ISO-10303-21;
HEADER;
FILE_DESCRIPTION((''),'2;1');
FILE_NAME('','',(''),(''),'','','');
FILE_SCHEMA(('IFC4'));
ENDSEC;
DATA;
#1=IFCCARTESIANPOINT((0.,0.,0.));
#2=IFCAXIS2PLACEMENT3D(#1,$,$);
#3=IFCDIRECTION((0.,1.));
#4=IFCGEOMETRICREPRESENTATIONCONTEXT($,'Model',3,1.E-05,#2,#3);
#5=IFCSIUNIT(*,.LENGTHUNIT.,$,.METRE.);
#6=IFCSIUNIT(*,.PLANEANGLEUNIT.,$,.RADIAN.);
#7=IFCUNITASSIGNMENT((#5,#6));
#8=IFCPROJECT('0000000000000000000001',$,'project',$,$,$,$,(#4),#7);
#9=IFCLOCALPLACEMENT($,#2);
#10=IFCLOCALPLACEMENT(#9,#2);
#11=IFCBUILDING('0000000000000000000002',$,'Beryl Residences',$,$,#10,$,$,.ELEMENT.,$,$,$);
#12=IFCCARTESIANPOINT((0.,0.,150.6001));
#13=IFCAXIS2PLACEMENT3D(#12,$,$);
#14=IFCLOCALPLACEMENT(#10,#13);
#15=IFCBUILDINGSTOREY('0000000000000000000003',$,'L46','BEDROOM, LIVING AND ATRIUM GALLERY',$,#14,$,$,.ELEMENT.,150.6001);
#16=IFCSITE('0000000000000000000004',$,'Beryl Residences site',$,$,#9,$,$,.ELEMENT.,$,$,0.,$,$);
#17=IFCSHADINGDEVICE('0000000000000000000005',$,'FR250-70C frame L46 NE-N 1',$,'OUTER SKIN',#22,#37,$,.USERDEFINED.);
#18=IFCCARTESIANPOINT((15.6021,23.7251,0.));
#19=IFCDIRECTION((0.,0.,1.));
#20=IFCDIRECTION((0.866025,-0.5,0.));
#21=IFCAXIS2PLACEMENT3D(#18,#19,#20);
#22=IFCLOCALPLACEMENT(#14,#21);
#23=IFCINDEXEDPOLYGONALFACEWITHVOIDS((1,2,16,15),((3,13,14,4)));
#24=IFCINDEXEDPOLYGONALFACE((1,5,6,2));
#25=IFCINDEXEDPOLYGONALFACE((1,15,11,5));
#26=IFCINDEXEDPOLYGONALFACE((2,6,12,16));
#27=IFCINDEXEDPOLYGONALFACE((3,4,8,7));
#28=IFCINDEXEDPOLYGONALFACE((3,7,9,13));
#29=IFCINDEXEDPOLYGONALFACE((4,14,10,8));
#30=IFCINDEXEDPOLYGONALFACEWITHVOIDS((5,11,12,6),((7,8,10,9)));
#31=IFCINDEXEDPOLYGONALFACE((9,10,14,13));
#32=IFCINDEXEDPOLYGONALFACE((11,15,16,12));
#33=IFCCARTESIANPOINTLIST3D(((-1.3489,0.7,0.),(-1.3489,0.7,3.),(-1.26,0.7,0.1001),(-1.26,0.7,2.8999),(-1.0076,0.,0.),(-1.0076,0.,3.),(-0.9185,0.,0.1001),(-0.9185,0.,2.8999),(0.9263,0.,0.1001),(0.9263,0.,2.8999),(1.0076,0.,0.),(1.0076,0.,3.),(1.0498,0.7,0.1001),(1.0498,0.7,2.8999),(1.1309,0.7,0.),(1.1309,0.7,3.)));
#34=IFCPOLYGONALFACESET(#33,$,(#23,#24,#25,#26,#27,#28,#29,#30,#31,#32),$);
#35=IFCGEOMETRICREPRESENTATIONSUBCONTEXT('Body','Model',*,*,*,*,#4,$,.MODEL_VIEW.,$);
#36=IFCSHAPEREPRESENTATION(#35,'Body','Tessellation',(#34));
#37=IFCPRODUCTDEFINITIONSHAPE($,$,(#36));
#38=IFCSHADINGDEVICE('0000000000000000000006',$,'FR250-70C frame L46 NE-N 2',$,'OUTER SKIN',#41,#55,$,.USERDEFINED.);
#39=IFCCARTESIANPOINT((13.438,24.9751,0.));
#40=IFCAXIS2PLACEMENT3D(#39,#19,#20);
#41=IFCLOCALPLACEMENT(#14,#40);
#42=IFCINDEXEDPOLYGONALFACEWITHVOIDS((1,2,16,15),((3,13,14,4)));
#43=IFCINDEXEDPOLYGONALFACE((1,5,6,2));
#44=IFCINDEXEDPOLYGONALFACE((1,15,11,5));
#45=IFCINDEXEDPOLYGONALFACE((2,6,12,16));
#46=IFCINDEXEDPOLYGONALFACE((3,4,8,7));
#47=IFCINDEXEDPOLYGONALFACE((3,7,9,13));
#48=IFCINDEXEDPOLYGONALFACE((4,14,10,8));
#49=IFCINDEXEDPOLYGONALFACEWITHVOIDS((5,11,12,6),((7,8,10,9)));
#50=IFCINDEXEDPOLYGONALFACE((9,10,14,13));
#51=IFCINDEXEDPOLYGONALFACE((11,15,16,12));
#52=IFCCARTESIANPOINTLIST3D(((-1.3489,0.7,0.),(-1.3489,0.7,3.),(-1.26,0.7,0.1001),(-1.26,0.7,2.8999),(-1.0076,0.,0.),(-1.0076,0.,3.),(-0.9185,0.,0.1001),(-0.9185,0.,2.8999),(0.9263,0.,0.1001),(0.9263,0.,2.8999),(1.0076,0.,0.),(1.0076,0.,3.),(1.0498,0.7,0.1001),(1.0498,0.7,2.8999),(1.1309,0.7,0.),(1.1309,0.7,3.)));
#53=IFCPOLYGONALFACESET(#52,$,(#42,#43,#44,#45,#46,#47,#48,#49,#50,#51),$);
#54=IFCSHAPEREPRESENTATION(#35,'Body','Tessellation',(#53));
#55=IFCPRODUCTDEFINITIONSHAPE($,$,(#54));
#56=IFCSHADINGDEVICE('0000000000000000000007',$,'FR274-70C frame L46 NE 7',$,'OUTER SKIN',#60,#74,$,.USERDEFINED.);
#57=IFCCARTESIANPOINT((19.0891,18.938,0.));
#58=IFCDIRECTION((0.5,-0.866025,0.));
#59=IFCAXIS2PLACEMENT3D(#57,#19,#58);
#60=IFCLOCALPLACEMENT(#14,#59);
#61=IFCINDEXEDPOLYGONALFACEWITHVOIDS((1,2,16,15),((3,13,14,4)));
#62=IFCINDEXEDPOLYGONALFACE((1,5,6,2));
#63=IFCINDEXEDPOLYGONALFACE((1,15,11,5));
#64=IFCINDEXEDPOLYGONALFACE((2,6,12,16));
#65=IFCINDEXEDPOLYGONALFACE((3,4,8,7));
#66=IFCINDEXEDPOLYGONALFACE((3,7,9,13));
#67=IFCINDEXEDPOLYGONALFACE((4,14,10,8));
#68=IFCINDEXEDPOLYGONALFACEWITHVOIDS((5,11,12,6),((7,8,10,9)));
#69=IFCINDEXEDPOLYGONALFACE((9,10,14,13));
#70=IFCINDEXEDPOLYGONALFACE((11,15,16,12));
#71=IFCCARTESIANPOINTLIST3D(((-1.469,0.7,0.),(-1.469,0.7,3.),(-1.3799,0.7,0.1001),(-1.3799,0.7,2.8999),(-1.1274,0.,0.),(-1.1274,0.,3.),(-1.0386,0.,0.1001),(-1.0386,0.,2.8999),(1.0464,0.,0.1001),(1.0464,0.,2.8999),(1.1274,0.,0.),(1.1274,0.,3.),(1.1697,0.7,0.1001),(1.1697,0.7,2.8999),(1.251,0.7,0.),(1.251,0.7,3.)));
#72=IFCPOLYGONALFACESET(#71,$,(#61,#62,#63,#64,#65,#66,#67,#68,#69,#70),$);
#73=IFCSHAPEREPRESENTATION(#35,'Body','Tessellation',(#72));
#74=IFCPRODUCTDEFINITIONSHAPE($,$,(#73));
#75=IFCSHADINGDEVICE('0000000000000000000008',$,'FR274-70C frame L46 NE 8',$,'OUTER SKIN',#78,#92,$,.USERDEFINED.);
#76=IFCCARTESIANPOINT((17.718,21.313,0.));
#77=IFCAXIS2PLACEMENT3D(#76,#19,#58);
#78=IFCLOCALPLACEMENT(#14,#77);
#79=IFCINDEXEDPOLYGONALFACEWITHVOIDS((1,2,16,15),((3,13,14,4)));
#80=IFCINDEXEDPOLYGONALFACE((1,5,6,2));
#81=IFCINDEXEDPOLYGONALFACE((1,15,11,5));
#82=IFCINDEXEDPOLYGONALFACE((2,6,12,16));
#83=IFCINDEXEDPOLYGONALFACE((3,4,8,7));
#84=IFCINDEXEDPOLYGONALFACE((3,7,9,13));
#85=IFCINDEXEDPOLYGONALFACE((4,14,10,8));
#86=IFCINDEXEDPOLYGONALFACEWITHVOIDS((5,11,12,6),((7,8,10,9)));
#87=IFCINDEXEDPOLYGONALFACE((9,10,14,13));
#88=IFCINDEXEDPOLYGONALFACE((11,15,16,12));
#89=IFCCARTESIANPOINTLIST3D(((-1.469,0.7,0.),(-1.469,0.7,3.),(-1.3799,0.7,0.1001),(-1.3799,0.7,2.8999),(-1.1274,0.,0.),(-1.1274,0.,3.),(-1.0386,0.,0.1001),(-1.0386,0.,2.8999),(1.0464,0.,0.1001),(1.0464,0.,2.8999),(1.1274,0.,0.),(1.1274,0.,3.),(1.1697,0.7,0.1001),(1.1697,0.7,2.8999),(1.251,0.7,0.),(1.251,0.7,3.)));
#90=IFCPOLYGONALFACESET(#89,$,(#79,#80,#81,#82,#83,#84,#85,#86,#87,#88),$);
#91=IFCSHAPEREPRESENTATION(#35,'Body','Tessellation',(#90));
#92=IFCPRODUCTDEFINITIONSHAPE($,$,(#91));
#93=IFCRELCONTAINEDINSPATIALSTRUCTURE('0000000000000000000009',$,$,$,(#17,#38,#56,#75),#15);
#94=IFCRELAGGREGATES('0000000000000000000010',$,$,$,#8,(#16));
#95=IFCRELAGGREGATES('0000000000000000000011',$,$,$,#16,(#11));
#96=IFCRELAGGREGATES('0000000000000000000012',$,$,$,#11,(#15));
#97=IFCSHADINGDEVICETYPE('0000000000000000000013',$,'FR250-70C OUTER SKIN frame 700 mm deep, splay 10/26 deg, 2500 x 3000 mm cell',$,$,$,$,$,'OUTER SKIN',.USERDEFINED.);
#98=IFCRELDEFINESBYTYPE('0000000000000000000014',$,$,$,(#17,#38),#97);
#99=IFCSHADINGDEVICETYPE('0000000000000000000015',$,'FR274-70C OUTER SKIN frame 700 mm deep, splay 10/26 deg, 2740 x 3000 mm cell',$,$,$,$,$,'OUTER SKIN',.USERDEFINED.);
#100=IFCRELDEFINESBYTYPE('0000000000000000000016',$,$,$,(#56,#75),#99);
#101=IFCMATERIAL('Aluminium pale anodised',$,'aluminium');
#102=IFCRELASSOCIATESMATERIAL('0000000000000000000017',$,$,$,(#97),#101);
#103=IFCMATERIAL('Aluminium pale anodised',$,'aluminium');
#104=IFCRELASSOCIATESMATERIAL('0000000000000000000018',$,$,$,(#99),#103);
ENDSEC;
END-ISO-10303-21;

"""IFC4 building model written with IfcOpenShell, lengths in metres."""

from ifc_helpers import new_model, entity, si_unit, direction, frame, origin, place, context, subcontext, project, spatial, source, transform, mapped, material, type_object, type_shapes, element, save


model = new_model("IFC4")

# Units and contexts
model_context = context("Model", 3, precision=1e-05, world=origin(), true_north=direction((0.0, 1.0)))
body_context = subcontext(model_context, "Body", "Model", "MODEL_VIEW")
ifc_project = project(units=[si_unit("LENGTHUNIT", "METRE"), si_unit("PLANEANGLEUNIT", "RADIAN")], contexts=[model_context])

# Site, building, storey
site_placement = place(None, origin())
site = spatial("IfcSite", under=ifc_project, at=site_placement, Name="Beryl Residences site", CompositionType="ELEMENT", RefElevation=0.0)
building_placement = place(site_placement, origin())
building = spatial("IfcBuilding", under=site, at=building_placement, Name="Beryl Residences", CompositionType="ELEMENT")
storey_placement = place(building_placement, frame((0.0, 0.0, 150.6001)))
storey = spatial("IfcBuildingStorey", under=building, at=storey_placement, Name="L46", Description="BEDROOM, LIVING AND ATRIUM GALLERY", CompositionType="ELEMENT", Elevation=150.6001)

# Shading devices
ifc_material_1 = material(Name="Aluminium pale anodised", Category="aluminium")
shading_device_type_1 = type_object("IfcShadingDeviceType", Name="FR250-70C OUTER SKIN frame 700 mm deep, splay 10/26 deg, 2500 x 3000 mm cell", ElementType="OUTER SKIN", PredefinedType="USERDEFINED", material=ifc_material_1)
cartesian_point_1 = entity("IfcCartesianPoint", [-1.0076, 0.0])
cartesian_point_2 = entity("IfcCartesianPoint", [-0.9263, 0.1001])
cartesian_point_3 = entity("IfcCartesianPoint", [-1.1309, 0.0])
cartesian_point_4 = entity("IfcCartesianPoint", [-1.0498, 0.1001])
shared_shape_1 = source(origin(), body_context, "Body", "SweptSolid", [
    entity("IfcExtrudedAreaSolidTapered", entity("IfcArbitraryProfileDefWithVoids", "AREA", None, entity("IfcPolyline", [cartesian_point_1, entity("IfcCartesianPoint", [1.0076, 0.0]), entity("IfcCartesianPoint", [1.0076, 3.0]), entity("IfcCartesianPoint", [-1.0076, 3.0]), cartesian_point_1]), [entity("IfcPolyline", [cartesian_point_2, entity("IfcCartesianPoint", [0.9185, 0.1001]), entity("IfcCartesianPoint", [0.9185, 2.8999]), entity("IfcCartesianPoint", [-0.9263, 2.8999]), cartesian_point_2])]), entity("IfcAxis2Placement3D", entity("IfcCartesianPoint", [0.0, 0.0, 0.0]), entity("IfcDirection", [0.0, 1.0, 0.0]), entity("IfcDirection", [-1.0, 0.0, 0.0])), entity("IfcDirection", [0.0, 0.0, 1.0]), 0.7, entity("IfcArbitraryProfileDefWithVoids", "AREA", None, entity("IfcPolyline", [cartesian_point_3, entity("IfcCartesianPoint", [1.3489, 0.0]), entity("IfcCartesianPoint", [1.3489, 3.0]), entity("IfcCartesianPoint", [-1.1309, 3.0]), cartesian_point_3]), [entity("IfcPolyline", [cartesian_point_4, entity("IfcCartesianPoint", [1.26, 0.1001]), entity("IfcCartesianPoint", [1.26, 2.8999]), entity("IfcCartesianPoint", [-1.0498, 2.8999]), cartesian_point_4])])),
])
type_shapes(shading_device_type_1, [shared_shape_1])
for number, where, z_axis, x_axis, name in (
    (1, (15.6021, 23.7251, 0.0), (0.0, 0.0, 1.0), (0.866025, -0.5, 0.0), "FR250-70C frame L46 NE-N 1"),
    (2, (13.438, 24.9751, 0.0), (0.0, 0.0, 1.0), (0.866025, -0.5, 0.0), "FR250-70C frame L46 NE-N 2"),
):
    element("IfcShadingDevice", number, at=place(storey_placement, frame(where, z_axis=z_axis, x_axis=x_axis)), inside=storey, type_object=shading_device_type_1, Name=name, ObjectType="OUTER SKIN", PredefinedType="USERDEFINED", context=body_context, shape_type="MappedRepresentation", body=[
        mapped(shared_shape_1, transform((0.0, 0.0, 0.0))),
    ])
ifc_material_2 = material(Name="Aluminium pale anodised", Category="aluminium")
shading_device_type_2 = type_object("IfcShadingDeviceType", Name="FR274-70C OUTER SKIN frame 700 mm deep, splay 10/26 deg, 2740 x 3000 mm cell", ElementType="OUTER SKIN", PredefinedType="USERDEFINED", material=ifc_material_2)
cartesian_point_5 = entity("IfcCartesianPoint", [-1.1274, 0.0])
cartesian_point_6 = entity("IfcCartesianPoint", [-1.0464, 0.1001])
cartesian_point_7 = entity("IfcCartesianPoint", [-1.251, 0.0])
cartesian_point_8 = entity("IfcCartesianPoint", [-1.1697, 0.1001])
shared_shape_2 = source(origin(), body_context, "Body", "SweptSolid", [
    entity("IfcExtrudedAreaSolidTapered", entity("IfcArbitraryProfileDefWithVoids", "AREA", None, entity("IfcPolyline", [cartesian_point_5, entity("IfcCartesianPoint", [1.1274, 0.0]), entity("IfcCartesianPoint", [1.1274, 3.0]), entity("IfcCartesianPoint", [-1.1274, 3.0]), cartesian_point_5]), [entity("IfcPolyline", [cartesian_point_6, entity("IfcCartesianPoint", [1.0386, 0.1001]), entity("IfcCartesianPoint", [1.0386, 2.8999]), entity("IfcCartesianPoint", [-1.0464, 2.8999]), cartesian_point_6])]), entity("IfcAxis2Placement3D", entity("IfcCartesianPoint", [0.0, 0.0, 0.0]), entity("IfcDirection", [0.0, 1.0, 0.0]), entity("IfcDirection", [-1.0, 0.0, 0.0])), entity("IfcDirection", [0.0, 0.0, 1.0]), 0.7, entity("IfcArbitraryProfileDefWithVoids", "AREA", None, entity("IfcPolyline", [cartesian_point_7, entity("IfcCartesianPoint", [1.469, 0.0]), entity("IfcCartesianPoint", [1.469, 3.0]), entity("IfcCartesianPoint", [-1.251, 3.0]), cartesian_point_7]), [entity("IfcPolyline", [cartesian_point_8, entity("IfcCartesianPoint", [1.3799, 0.1001]), entity("IfcCartesianPoint", [1.3799, 2.8999]), entity("IfcCartesianPoint", [-1.1697, 2.8999]), cartesian_point_8])])),
])
type_shapes(shading_device_type_2, [shared_shape_2])
for number, where, z_axis, x_axis, name in (
    (3, (19.0891, 18.938, 0.0), (0.0, 0.0, 1.0), (0.5, -0.866025, 0.0), "FR274-70C frame L46 NE 7"),
    (4, (17.718, 21.313, 0.0), (0.0, 0.0, 1.0), (0.5, -0.866025, 0.0), "FR274-70C frame L46 NE 8"),
):
    element("IfcShadingDevice", number, at=place(storey_placement, frame(where, z_axis=z_axis, x_axis=x_axis)), inside=storey, type_object=shading_device_type_2, Name=name, ObjectType="OUTER SKIN", PredefinedType="USERDEFINED", context=body_context, shape_type="MappedRepresentation", body=[
        mapped(shared_shape_2, transform((0.0, 0.0, 0.0))),
    ])

save(model, "model.ifc")
